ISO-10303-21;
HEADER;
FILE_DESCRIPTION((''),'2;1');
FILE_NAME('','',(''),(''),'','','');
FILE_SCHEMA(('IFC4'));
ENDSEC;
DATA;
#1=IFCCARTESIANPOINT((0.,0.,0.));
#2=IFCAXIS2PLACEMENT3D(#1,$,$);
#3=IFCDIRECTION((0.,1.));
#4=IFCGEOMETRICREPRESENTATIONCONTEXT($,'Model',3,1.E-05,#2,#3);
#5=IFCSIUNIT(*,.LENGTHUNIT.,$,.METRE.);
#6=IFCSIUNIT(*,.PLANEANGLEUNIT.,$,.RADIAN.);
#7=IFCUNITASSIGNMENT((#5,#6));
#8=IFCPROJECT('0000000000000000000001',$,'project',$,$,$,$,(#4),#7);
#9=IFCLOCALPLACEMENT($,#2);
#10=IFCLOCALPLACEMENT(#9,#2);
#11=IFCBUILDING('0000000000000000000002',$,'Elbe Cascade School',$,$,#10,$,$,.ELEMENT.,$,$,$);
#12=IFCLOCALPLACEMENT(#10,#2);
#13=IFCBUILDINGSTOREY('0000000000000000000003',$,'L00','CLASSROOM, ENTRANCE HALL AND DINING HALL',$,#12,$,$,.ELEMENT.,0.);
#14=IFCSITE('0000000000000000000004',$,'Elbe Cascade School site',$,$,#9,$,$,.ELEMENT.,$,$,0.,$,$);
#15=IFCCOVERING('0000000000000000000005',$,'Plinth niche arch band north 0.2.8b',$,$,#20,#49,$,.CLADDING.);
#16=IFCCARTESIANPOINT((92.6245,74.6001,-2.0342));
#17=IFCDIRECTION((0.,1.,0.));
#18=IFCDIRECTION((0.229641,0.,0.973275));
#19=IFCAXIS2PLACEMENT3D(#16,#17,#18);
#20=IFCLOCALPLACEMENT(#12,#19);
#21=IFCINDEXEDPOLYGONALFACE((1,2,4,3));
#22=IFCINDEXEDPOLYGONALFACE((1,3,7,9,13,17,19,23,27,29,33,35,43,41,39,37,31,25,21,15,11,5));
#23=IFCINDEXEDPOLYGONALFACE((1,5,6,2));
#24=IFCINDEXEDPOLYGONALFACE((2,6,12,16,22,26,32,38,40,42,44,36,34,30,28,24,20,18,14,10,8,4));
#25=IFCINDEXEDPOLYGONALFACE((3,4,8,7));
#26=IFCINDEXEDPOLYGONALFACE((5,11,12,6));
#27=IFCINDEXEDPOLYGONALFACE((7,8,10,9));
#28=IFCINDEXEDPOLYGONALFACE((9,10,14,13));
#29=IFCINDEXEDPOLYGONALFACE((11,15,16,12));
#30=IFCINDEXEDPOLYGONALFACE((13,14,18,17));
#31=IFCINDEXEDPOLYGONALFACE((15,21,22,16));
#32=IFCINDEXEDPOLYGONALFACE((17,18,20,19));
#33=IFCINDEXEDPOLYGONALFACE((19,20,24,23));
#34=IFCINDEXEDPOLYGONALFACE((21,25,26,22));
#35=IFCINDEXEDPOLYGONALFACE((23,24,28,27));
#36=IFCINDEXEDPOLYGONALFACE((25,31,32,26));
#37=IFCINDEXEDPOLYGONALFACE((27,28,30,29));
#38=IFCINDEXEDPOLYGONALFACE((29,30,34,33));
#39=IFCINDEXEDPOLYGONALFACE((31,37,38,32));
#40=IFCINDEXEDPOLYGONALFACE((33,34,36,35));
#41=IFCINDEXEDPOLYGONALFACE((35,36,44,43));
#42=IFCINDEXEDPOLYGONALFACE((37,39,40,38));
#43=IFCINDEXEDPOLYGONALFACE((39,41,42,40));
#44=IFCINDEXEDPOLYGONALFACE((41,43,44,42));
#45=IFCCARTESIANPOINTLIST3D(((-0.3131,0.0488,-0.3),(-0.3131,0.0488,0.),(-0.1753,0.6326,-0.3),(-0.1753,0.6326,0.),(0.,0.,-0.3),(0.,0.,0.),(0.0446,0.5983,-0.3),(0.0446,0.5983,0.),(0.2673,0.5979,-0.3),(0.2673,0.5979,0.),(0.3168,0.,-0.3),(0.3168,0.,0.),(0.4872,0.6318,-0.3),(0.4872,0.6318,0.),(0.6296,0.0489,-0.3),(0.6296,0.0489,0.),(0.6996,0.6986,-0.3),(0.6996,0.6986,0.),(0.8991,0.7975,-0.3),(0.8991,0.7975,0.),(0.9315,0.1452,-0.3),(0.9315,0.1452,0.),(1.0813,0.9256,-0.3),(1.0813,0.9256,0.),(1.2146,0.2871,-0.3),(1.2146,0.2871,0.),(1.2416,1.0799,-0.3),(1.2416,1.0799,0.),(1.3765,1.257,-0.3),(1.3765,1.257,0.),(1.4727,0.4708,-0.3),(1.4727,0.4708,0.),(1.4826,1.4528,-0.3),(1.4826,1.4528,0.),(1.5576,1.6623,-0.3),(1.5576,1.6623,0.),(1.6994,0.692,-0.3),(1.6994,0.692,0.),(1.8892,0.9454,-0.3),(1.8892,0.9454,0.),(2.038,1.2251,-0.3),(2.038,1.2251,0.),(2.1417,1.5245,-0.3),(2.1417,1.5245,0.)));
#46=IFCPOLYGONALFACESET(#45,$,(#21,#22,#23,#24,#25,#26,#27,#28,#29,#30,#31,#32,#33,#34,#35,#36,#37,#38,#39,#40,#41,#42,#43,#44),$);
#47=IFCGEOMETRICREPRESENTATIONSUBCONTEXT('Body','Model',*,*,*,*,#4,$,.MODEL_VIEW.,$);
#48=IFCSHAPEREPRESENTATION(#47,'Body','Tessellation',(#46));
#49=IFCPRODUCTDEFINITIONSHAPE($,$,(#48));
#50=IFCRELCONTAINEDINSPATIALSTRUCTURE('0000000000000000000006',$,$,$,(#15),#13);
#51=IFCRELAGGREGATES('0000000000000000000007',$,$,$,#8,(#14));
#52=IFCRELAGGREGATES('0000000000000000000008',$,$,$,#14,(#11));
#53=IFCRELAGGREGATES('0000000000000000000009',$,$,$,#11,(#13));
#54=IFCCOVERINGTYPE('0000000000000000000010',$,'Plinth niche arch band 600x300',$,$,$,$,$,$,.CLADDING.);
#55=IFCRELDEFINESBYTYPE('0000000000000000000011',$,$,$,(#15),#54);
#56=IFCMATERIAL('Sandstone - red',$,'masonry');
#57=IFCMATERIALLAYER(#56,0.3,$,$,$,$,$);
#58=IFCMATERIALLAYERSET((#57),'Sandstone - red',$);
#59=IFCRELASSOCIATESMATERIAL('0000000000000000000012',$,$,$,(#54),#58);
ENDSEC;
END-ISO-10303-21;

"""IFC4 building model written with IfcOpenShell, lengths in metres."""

from ifc_helpers import new_model, si_unit, direction, frame, origin, place, context, subcontext, project, spatial, polyline, outline, extrude, material, layer, layer_set, type_object, element, save


model = new_model("IFC4")

# Units and contexts
model_context = context("Model", 3, precision=1e-05, world=origin(), true_north=direction((0.0, 1.0)))
body_context = subcontext(model_context, "Body", "Model", "MODEL_VIEW")
ifc_project = project(units=[si_unit("LENGTHUNIT", "METRE"), si_unit("PLANEANGLEUNIT", "RADIAN")], contexts=[model_context])

# Site, building, storey
site_placement = place(None, origin())
site = spatial("IfcSite", under=ifc_project, at=site_placement, Name="Elbe Cascade School site", CompositionType="ELEMENT", RefElevation=0.0)
building_placement = place(site_placement, origin())
building = spatial("IfcBuilding", under=site, at=building_placement, Name="Elbe Cascade School", CompositionType="ELEMENT")
storey_placement = place(building_placement, origin())
storey = spatial("IfcBuildingStorey", under=building, at=storey_placement, Name="L00", Description="CLASSROOM, ENTRANCE HALL AND DINING HALL", CompositionType="ELEMENT", Elevation=0.0)

# Covering
ifc_material_1 = material(Name="Sandstone - red", Category="masonry")
ifc_layer_1 = layer(ifc_material_1, 0.3)
ifc_layer_set_1 = layer_set([ifc_layer_1], Name="Sandstone - red")
covering_type_1 = type_object("IfcCoveringType", Name="Plinth niche arch band 600x300", PredefinedType="CLADDING", material=ifc_layer_set_1)
covering_1_placement = place(storey_placement, frame((92.6245, 74.6001, -2.0342), z_axis=(0.0, 1.0, 0.0), x_axis=(0.229641, 0.0, 0.973275)))
element("IfcCovering", 1, at=covering_1_placement, inside=storey, type_object=covering_type_1, Name="Plinth niche arch band north 0.2.8b", PredefinedType="CLADDING", context=body_context, shape_type="SweptSolid", body=[
    extrude(outline(polyline([(0.0, 0.0), (0.3168, 0.0), (0.6296, 0.0489), (0.9315, 0.1452), (1.2146, 0.2871), (1.4727, 0.4708), (1.6994, 0.692), (1.8892, 0.9454), (2.038, 1.2251), (2.1417, 1.5245), (1.5576, 1.6623), (1.4826, 1.4528), (1.3765, 1.257), (1.2416, 1.0799), (1.0813, 0.9256), (0.8991, 0.7975), (0.6996, 0.6986), (0.4872, 0.6318), (0.2673, 0.5979), (0.0446, 0.5983), (-0.1753, 0.6326), (-0.3131, 0.0488), (0.0, 0.0)])), origin(), (0.0, 0.0, -1.0), 0.3),
])

save(model, "model.ifc")
